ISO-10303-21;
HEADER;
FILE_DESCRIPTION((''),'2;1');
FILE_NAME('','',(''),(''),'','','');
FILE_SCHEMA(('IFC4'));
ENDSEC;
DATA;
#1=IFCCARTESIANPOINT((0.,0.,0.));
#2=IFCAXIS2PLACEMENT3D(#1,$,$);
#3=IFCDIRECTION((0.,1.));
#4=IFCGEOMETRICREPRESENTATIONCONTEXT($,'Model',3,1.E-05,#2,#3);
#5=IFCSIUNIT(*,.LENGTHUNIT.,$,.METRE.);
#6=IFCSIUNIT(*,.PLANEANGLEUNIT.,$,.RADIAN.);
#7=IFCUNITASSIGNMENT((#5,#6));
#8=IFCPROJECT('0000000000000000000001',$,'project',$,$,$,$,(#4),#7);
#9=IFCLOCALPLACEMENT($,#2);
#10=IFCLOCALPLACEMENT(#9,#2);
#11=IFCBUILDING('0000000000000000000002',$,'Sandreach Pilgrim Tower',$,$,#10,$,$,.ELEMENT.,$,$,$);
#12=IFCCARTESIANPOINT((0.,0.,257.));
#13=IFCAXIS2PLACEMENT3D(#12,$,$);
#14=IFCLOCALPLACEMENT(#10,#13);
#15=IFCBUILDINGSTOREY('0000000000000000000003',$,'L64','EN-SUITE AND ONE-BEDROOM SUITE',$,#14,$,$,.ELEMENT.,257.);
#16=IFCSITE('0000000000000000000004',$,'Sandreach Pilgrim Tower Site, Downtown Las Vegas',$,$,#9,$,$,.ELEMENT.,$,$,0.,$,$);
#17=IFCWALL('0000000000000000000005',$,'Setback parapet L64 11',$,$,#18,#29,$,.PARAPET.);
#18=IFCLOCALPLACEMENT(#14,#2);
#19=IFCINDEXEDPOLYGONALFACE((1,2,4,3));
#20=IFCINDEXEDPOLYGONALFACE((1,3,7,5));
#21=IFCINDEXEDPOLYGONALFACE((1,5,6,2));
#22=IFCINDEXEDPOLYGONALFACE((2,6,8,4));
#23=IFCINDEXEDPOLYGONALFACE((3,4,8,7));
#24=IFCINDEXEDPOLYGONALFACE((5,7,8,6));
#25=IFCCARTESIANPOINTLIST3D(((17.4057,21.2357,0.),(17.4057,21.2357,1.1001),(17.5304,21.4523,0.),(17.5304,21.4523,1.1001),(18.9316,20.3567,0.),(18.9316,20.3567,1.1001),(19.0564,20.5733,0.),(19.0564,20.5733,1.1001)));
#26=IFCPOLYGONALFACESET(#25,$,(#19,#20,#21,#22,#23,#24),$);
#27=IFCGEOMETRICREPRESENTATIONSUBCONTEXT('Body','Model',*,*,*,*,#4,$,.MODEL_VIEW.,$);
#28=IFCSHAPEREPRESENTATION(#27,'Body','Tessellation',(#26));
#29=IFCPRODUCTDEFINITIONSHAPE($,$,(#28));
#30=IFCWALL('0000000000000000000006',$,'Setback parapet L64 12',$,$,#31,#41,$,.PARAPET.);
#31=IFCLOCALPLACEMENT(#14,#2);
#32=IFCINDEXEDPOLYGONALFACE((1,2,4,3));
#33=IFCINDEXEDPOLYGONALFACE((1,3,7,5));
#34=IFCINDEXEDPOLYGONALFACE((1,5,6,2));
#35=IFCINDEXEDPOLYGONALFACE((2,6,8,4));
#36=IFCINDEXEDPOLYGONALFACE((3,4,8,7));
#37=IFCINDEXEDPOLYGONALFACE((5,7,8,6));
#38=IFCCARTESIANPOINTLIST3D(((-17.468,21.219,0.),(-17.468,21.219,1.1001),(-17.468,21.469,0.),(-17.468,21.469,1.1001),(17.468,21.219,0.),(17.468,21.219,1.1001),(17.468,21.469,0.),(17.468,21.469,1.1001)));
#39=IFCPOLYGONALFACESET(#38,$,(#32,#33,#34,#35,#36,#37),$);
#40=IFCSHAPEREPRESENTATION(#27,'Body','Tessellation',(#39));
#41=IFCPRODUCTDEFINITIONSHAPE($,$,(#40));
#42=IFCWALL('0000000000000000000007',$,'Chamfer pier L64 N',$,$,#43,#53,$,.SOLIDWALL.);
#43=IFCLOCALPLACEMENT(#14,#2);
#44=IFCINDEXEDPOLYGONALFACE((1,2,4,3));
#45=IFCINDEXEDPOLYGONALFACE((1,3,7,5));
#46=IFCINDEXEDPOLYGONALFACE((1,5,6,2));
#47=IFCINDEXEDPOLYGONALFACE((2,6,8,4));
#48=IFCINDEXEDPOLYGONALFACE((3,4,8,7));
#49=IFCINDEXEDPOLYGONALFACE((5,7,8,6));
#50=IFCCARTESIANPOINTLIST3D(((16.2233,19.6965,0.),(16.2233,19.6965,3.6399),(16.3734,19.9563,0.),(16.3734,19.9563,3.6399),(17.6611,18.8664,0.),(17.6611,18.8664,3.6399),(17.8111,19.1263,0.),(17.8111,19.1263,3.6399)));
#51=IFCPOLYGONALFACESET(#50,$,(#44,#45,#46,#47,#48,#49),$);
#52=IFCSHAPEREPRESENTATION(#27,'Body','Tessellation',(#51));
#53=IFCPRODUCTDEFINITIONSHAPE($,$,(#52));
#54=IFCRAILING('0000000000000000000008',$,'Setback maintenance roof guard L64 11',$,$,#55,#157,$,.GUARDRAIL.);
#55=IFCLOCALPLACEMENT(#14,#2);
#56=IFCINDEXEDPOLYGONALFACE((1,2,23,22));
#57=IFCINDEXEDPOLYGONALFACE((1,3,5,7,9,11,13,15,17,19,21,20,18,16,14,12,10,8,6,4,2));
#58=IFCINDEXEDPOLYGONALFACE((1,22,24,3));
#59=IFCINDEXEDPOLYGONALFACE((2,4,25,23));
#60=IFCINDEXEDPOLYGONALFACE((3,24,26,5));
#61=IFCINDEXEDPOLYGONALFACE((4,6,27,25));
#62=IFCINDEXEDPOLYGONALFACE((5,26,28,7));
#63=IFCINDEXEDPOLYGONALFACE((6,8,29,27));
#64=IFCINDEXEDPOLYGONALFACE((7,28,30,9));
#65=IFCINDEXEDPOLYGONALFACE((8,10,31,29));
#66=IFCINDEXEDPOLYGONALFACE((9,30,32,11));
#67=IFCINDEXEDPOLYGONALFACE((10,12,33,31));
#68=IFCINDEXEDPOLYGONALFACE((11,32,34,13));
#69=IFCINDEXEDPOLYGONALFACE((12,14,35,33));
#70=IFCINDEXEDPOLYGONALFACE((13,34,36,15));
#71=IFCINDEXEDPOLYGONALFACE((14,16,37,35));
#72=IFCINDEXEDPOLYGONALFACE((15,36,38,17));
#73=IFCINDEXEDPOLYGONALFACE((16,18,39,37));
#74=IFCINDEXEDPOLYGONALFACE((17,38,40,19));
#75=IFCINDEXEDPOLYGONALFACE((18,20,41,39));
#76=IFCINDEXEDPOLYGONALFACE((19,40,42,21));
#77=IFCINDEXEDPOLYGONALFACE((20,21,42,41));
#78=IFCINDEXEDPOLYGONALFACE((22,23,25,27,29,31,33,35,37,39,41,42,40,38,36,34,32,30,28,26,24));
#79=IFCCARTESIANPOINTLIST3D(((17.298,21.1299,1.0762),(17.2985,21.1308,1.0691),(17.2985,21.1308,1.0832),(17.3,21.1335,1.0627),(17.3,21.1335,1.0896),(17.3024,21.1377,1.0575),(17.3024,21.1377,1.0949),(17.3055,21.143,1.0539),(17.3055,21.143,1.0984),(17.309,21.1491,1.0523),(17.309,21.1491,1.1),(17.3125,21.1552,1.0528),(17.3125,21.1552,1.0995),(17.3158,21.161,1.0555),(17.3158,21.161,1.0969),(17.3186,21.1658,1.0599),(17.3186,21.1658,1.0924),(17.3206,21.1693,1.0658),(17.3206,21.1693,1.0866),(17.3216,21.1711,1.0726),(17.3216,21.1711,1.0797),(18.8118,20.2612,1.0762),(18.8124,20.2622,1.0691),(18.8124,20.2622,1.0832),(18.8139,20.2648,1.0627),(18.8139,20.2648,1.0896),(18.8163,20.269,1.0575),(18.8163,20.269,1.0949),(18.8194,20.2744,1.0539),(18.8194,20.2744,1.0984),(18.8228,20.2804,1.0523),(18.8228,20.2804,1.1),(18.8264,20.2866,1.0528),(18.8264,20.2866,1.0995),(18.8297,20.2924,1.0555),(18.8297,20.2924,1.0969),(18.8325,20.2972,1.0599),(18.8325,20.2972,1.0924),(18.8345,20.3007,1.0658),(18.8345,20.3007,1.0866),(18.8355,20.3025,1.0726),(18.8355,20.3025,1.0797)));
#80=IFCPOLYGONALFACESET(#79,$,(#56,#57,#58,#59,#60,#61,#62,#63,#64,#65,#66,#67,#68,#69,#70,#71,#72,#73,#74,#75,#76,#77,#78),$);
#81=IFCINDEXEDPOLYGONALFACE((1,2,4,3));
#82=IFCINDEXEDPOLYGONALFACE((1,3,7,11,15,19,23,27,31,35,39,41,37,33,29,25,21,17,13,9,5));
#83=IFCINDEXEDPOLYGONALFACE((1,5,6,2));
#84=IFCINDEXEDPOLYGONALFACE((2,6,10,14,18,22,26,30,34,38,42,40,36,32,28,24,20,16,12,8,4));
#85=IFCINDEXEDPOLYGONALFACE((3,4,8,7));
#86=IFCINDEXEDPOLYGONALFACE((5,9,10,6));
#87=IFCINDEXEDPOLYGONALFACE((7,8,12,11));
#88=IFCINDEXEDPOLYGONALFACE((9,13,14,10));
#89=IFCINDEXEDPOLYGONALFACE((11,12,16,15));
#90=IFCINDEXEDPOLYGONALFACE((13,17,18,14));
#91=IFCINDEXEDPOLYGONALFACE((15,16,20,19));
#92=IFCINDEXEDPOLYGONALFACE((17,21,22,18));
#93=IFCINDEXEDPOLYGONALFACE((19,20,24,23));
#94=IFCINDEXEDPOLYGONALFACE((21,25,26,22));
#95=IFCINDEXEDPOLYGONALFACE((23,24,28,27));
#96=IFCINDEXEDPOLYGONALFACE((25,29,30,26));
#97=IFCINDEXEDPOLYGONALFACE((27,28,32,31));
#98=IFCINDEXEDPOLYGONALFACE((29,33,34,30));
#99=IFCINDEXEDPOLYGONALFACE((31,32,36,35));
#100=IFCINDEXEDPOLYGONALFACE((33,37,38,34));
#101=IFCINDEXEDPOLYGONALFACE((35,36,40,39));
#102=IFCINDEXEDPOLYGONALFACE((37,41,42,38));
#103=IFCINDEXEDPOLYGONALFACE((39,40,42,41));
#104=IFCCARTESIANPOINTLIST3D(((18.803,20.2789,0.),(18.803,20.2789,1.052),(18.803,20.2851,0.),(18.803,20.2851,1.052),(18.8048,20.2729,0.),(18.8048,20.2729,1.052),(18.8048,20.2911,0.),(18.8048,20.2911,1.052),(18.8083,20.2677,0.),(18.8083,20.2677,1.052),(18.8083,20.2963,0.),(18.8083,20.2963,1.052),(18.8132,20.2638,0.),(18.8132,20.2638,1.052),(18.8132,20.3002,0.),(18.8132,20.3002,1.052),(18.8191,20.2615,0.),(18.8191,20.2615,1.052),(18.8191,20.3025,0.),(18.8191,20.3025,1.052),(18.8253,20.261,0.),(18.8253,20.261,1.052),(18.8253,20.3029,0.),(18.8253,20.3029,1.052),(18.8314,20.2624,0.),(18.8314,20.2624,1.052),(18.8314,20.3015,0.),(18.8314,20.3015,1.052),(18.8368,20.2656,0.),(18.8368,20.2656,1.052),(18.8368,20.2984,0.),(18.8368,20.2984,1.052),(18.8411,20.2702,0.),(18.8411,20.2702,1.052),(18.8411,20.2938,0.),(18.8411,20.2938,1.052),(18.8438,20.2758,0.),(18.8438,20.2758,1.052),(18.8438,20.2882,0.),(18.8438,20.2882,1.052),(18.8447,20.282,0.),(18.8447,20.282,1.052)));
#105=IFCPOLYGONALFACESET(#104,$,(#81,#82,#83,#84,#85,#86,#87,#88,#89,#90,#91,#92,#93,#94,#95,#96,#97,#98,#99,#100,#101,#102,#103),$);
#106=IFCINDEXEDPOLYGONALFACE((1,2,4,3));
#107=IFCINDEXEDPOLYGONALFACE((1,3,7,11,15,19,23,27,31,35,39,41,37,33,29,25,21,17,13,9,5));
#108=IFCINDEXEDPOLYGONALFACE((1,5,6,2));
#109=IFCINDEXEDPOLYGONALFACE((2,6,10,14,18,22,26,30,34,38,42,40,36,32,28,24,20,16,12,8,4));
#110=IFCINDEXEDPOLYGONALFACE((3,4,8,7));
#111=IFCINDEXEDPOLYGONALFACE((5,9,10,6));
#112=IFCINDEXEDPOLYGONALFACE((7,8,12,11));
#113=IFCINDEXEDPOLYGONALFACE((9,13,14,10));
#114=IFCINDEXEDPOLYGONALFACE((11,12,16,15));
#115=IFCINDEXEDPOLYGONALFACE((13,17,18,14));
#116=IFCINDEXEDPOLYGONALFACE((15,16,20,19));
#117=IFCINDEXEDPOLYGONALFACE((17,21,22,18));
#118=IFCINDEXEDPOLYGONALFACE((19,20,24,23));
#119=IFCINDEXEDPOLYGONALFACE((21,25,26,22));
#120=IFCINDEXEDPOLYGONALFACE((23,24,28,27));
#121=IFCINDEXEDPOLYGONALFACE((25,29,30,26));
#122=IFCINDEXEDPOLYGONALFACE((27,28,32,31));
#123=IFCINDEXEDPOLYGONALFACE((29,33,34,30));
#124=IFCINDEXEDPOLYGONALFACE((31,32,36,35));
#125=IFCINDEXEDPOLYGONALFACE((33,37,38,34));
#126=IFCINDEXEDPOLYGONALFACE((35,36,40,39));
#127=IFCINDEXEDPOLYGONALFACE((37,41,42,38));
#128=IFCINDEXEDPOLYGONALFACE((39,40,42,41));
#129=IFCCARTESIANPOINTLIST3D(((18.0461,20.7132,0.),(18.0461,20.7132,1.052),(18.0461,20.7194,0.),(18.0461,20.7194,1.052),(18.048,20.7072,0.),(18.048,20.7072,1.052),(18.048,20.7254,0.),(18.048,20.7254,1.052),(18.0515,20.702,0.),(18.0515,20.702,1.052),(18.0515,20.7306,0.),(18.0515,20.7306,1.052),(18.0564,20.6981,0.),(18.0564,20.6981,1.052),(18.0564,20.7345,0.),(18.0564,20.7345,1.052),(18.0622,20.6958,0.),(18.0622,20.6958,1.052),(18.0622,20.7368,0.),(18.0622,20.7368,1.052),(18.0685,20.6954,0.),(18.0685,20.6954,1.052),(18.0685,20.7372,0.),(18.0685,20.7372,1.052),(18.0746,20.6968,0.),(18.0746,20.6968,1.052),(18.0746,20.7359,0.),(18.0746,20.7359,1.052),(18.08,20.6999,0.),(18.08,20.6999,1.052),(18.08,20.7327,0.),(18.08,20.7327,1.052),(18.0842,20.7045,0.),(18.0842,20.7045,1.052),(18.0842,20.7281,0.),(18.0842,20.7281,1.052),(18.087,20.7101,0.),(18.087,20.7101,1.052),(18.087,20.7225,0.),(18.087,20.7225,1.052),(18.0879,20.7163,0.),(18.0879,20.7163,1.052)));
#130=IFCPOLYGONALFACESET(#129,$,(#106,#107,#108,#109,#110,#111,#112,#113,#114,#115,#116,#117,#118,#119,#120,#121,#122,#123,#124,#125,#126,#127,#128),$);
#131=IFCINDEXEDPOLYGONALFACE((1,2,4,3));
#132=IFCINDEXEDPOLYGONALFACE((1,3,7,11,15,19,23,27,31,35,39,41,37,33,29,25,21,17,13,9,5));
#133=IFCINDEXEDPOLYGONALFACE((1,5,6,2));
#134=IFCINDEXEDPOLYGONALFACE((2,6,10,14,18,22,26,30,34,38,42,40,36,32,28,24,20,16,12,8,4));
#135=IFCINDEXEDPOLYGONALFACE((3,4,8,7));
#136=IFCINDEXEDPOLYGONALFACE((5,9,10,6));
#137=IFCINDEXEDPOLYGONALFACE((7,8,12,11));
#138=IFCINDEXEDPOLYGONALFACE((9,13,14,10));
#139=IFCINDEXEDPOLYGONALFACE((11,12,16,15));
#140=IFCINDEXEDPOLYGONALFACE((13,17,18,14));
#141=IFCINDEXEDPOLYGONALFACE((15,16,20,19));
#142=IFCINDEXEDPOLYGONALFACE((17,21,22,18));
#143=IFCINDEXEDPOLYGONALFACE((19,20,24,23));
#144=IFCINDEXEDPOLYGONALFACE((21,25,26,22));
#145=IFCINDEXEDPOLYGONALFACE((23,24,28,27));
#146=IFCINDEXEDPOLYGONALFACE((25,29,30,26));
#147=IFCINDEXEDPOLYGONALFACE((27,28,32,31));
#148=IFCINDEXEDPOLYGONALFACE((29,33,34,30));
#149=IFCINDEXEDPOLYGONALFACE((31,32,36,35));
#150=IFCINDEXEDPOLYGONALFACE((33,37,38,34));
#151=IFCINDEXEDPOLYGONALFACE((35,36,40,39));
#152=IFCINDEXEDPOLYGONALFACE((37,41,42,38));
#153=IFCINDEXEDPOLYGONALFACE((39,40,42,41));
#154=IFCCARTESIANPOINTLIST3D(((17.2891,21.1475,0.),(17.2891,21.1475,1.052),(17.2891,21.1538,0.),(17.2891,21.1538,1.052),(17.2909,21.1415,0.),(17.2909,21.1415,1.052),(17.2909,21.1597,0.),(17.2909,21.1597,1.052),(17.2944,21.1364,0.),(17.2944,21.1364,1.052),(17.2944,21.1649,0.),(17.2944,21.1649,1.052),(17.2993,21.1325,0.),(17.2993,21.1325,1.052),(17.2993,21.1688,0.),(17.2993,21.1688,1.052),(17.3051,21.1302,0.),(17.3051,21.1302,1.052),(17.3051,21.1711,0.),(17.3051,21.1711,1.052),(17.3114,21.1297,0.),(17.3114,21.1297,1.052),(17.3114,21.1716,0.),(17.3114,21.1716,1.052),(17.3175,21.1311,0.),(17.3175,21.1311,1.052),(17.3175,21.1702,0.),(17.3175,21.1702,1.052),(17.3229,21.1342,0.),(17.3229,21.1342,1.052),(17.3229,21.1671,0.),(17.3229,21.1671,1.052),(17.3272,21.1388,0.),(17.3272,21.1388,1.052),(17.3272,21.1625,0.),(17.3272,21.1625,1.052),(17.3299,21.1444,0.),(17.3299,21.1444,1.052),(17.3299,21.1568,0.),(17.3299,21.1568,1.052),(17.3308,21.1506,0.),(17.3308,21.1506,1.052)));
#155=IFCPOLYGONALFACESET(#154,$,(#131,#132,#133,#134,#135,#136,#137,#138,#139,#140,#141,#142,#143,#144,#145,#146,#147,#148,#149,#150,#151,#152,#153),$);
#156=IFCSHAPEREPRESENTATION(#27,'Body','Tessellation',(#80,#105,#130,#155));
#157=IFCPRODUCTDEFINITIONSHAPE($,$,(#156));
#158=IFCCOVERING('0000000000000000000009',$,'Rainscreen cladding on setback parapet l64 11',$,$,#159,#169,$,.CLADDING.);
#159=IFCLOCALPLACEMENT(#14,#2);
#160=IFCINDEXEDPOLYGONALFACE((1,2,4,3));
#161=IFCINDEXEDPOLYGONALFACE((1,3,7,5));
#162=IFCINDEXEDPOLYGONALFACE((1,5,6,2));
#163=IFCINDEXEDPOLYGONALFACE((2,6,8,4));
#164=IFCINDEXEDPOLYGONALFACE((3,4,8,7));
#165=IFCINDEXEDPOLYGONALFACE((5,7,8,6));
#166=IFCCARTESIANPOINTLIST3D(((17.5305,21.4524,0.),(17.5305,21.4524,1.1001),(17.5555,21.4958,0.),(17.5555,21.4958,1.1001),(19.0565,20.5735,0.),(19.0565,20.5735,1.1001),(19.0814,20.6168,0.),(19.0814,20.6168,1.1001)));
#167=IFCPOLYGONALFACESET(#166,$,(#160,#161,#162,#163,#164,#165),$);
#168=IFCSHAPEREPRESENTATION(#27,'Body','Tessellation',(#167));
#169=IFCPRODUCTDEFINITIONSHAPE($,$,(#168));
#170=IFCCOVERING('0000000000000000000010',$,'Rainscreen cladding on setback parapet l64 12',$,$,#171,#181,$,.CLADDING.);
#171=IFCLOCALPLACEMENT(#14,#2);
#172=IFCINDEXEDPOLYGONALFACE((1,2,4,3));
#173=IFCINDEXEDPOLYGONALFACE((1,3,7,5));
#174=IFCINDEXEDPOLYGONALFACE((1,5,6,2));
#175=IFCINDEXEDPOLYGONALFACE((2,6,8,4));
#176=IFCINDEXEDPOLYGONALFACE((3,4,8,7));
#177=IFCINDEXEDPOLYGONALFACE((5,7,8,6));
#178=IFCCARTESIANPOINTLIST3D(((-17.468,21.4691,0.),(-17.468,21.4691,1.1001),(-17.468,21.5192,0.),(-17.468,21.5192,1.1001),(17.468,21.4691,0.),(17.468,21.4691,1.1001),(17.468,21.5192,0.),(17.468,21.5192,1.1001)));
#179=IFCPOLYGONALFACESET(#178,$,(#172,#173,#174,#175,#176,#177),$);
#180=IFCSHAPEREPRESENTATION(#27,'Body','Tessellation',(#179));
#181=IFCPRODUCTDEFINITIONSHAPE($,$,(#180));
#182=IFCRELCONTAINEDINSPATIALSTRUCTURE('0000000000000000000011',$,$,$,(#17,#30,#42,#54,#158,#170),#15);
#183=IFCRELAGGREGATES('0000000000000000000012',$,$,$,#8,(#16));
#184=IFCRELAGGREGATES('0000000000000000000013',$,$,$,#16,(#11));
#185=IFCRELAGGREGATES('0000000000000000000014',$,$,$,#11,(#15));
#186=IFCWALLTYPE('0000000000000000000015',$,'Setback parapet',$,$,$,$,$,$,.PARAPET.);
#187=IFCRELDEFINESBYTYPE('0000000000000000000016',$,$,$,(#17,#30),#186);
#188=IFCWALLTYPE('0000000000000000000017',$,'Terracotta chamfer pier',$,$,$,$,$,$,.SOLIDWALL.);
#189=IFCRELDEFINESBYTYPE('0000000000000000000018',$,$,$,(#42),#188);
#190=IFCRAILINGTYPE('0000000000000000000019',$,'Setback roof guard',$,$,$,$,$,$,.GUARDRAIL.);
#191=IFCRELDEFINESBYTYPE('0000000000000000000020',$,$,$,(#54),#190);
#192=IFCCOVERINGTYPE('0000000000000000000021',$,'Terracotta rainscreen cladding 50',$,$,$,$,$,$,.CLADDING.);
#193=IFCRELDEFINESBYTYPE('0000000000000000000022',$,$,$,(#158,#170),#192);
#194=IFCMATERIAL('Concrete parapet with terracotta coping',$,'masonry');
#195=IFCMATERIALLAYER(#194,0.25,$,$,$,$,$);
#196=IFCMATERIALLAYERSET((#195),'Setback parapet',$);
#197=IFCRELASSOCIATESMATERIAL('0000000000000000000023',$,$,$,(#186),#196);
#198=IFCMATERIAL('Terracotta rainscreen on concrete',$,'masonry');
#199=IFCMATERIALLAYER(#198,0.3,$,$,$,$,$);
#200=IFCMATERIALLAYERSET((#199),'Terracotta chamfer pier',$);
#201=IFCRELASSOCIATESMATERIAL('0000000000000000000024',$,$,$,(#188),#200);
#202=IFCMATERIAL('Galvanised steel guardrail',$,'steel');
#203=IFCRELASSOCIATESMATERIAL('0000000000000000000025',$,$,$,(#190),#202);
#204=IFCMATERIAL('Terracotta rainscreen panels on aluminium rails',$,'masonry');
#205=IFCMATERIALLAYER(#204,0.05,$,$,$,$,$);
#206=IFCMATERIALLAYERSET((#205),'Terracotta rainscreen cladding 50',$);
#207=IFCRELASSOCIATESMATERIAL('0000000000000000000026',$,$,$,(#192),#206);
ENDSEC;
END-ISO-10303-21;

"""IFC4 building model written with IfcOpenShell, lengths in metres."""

from ifc_helpers import new_model, si_unit, direction, frame, frame_2d, origin, origin_2d, place, context, subcontext, project, spatial, rectangle, circle, extrude, material, layer, layer_set, type_object, element, save


model = new_model("IFC4")

# Units and contexts
model_context = context("Model", 3, precision=1e-05, world=origin(), true_north=direction((0.0, 1.0)))
body_context = subcontext(model_context, "Body", "Model", "MODEL_VIEW")
ifc_project = project(units=[si_unit("LENGTHUNIT", "METRE"), si_unit("PLANEANGLEUNIT", "RADIAN")], contexts=[model_context])

# Site, building, storey
site_placement = place(None, origin())
site = spatial("IfcSite", under=ifc_project, at=site_placement, Name="Sandreach Pilgrim Tower Site, Downtown Las Vegas", CompositionType="ELEMENT", RefElevation=0.0)
building_placement = place(site_placement, origin())
building = spatial("IfcBuilding", under=site, at=building_placement, Name="Sandreach Pilgrim Tower", CompositionType="ELEMENT")
storey_placement = place(building_placement, frame((0.0, 0.0, 257.0)))
storey = spatial("IfcBuildingStorey", under=building, at=storey_placement, Name="L64", Description="EN-SUITE AND ONE-BEDROOM SUITE", CompositionType="ELEMENT", Elevation=257.0)

# Walls
ifc_material_1 = material(Name="Concrete parapet with terracotta coping", Category="masonry")
ifc_layer_1 = layer(ifc_material_1, 0.25)
ifc_layer_set_1 = layer_set([ifc_layer_1], Name="Setback parapet")
wall_type_1 = type_object("IfcWallType", Name="Setback parapet", PredefinedType="PARAPET", material=ifc_layer_set_1)
wall_1_placement = place(storey_placement, frame((18.9939, 20.4651, 0.0), z_axis=(0.0, 0.0, 1.0), x_axis=(-0.866532, 0.499122, 0.0)))
element("IfcWall", 1, at=wall_1_placement, inside=storey, type_object=wall_type_1, Name="Setback parapet L64 11", PredefinedType="PARAPET", context=body_context, shape_type="SweptSolid", body=[
    extrude(rectangle(XDim=1.761, YDim=0.25, at=frame_2d((0.8804, 0.0))), origin(), (0.0, 0.0, 1.0), 1.1001),
])
wall_2_placement = place(storey_placement, frame((17.468, 21.344, 0.0), z_axis=(0.0, 0.0, 1.0), x_axis=(-1.0, 0.0, 0.0)))
element("IfcWall", 2, at=wall_2_placement, inside=storey, type_object=wall_type_1, Name="Setback parapet L64 12", PredefinedType="PARAPET", context=body_context, shape_type="SweptSolid", body=[
    extrude(rectangle(XDim=34.936, YDim=0.25, at=frame_2d((17.468, 0.0))), origin(), (0.0, 0.0, 1.0), 1.1001),
])
ifc_material_2 = material(Name="Terracotta rainscreen on concrete", Category="masonry")
ifc_layer_2 = layer(ifc_material_2, 0.3)
ifc_layer_set_2 = layer_set([ifc_layer_2], Name="Terracotta chamfer pier")
wall_type_2 = type_object("IfcWallType", Name="Terracotta chamfer pier", PredefinedType="SOLIDWALL", material=ifc_layer_set_2)
wall_3_placement = place(storey_placement, frame((16.2983, 19.8264, 0.0), z_axis=(0.0, 0.0, 1.0), x_axis=(0.866026, -0.499998, 0.0)))
element("IfcWall", 3, at=wall_3_placement, inside=storey, type_object=wall_type_2, Name="Chamfer pier L64 N", PredefinedType="SOLIDWALL", context=body_context, shape_type="SweptSolid", body=[
    extrude(rectangle(XDim=1.6602, YDim=0.3, at=frame_2d((0.8301, 0.0))), origin(), (0.0, 0.0, 1.0), 3.6399),
])

# Railing
ifc_material_3 = material(Name="Galvanised steel guardrail", Category="steel")
railing_type = type_object("IfcRailingType", Name="Setback roof guard", PredefinedType="GUARDRAIL", material=ifc_material_3)
railing_1_placement = place(storey_placement, frame((18.8237, 20.282, 0.0)))
element("IfcRailing", 4, at=railing_1_placement, inside=storey, type_object=railing_type, Name="Setback maintenance roof guard L64 11", PredefinedType="GUARDRAIL", context=body_context, shape_type="SweptSolid", body=[
    extrude(circle(Radius=0.0239, at=origin_2d()), frame((0.0, 0.0, 1.0762), z_axis=(-0.867364, 0.497675, 0.0), x_axis=(-0.497675, -0.867364, 0.0)), (0.0, 0.0, 1.0), 1.7454),
    extrude(circle(Radius=0.021, at=origin_2d()), origin(), (0.0, 0.0, 1.0), 1.052),
    extrude(circle(Radius=0.021, at=origin_2d()), frame((-0.7568, 0.4343, 0.0)), (0.0, 0.0, 1.0), 1.052),
    extrude(circle(Radius=0.021, at=origin_2d()), frame((-1.5139, 0.8687, 0.0)), (0.0, 0.0, 1.0), 1.052),
])

# Coverings
ifc_material_4 = material(Name="Terracotta rainscreen panels on aluminium rails", Category="masonry")
ifc_layer_3 = layer(ifc_material_4, 0.05)
ifc_layer_set_3 = layer_set([ifc_layer_3], Name="Terracotta rainscreen cladding 50")
covering_type = type_object("IfcCoveringType", Name="Terracotta rainscreen cladding 50", PredefinedType="CLADDING", material=ifc_layer_set_3)
covering_1_placement = place(storey_placement, frame((19.0688, 20.5952, 0.0), z_axis=(0.0, 0.0, 1.0), x_axis=(-0.866532, 0.499122, 0.0)))
element("IfcCovering", 5, at=covering_1_placement, inside=storey, type_object=covering_type, Name="Rainscreen cladding on setback parapet l64 11", PredefinedType="CLADDING", context=body_context, shape_type="SweptSolid", body=[
    extrude(rectangle(XDim=1.761, YDim=0.05, at=frame_2d((0.8804, 0.0))), origin(), (0.0, 0.0, 1.0), 1.1001),
])
covering_2_placement = place(storey_placement, frame((17.468, 21.4941, 0.0), z_axis=(0.0, 0.0, 1.0), x_axis=(-1.0, 0.0, 0.0)))
element("IfcCovering", 6, at=covering_2_placement, inside=storey, type_object=covering_type, Name="Rainscreen cladding on setback parapet l64 12", PredefinedType="CLADDING", context=body_context, shape_type="SweptSolid", body=[
    extrude(rectangle(XDim=34.936, YDim=0.05, at=frame_2d((17.468, 0.0))), origin(), (0.0, 0.0, 1.0), 1.1001),
])

save(model, "model.ifc")
